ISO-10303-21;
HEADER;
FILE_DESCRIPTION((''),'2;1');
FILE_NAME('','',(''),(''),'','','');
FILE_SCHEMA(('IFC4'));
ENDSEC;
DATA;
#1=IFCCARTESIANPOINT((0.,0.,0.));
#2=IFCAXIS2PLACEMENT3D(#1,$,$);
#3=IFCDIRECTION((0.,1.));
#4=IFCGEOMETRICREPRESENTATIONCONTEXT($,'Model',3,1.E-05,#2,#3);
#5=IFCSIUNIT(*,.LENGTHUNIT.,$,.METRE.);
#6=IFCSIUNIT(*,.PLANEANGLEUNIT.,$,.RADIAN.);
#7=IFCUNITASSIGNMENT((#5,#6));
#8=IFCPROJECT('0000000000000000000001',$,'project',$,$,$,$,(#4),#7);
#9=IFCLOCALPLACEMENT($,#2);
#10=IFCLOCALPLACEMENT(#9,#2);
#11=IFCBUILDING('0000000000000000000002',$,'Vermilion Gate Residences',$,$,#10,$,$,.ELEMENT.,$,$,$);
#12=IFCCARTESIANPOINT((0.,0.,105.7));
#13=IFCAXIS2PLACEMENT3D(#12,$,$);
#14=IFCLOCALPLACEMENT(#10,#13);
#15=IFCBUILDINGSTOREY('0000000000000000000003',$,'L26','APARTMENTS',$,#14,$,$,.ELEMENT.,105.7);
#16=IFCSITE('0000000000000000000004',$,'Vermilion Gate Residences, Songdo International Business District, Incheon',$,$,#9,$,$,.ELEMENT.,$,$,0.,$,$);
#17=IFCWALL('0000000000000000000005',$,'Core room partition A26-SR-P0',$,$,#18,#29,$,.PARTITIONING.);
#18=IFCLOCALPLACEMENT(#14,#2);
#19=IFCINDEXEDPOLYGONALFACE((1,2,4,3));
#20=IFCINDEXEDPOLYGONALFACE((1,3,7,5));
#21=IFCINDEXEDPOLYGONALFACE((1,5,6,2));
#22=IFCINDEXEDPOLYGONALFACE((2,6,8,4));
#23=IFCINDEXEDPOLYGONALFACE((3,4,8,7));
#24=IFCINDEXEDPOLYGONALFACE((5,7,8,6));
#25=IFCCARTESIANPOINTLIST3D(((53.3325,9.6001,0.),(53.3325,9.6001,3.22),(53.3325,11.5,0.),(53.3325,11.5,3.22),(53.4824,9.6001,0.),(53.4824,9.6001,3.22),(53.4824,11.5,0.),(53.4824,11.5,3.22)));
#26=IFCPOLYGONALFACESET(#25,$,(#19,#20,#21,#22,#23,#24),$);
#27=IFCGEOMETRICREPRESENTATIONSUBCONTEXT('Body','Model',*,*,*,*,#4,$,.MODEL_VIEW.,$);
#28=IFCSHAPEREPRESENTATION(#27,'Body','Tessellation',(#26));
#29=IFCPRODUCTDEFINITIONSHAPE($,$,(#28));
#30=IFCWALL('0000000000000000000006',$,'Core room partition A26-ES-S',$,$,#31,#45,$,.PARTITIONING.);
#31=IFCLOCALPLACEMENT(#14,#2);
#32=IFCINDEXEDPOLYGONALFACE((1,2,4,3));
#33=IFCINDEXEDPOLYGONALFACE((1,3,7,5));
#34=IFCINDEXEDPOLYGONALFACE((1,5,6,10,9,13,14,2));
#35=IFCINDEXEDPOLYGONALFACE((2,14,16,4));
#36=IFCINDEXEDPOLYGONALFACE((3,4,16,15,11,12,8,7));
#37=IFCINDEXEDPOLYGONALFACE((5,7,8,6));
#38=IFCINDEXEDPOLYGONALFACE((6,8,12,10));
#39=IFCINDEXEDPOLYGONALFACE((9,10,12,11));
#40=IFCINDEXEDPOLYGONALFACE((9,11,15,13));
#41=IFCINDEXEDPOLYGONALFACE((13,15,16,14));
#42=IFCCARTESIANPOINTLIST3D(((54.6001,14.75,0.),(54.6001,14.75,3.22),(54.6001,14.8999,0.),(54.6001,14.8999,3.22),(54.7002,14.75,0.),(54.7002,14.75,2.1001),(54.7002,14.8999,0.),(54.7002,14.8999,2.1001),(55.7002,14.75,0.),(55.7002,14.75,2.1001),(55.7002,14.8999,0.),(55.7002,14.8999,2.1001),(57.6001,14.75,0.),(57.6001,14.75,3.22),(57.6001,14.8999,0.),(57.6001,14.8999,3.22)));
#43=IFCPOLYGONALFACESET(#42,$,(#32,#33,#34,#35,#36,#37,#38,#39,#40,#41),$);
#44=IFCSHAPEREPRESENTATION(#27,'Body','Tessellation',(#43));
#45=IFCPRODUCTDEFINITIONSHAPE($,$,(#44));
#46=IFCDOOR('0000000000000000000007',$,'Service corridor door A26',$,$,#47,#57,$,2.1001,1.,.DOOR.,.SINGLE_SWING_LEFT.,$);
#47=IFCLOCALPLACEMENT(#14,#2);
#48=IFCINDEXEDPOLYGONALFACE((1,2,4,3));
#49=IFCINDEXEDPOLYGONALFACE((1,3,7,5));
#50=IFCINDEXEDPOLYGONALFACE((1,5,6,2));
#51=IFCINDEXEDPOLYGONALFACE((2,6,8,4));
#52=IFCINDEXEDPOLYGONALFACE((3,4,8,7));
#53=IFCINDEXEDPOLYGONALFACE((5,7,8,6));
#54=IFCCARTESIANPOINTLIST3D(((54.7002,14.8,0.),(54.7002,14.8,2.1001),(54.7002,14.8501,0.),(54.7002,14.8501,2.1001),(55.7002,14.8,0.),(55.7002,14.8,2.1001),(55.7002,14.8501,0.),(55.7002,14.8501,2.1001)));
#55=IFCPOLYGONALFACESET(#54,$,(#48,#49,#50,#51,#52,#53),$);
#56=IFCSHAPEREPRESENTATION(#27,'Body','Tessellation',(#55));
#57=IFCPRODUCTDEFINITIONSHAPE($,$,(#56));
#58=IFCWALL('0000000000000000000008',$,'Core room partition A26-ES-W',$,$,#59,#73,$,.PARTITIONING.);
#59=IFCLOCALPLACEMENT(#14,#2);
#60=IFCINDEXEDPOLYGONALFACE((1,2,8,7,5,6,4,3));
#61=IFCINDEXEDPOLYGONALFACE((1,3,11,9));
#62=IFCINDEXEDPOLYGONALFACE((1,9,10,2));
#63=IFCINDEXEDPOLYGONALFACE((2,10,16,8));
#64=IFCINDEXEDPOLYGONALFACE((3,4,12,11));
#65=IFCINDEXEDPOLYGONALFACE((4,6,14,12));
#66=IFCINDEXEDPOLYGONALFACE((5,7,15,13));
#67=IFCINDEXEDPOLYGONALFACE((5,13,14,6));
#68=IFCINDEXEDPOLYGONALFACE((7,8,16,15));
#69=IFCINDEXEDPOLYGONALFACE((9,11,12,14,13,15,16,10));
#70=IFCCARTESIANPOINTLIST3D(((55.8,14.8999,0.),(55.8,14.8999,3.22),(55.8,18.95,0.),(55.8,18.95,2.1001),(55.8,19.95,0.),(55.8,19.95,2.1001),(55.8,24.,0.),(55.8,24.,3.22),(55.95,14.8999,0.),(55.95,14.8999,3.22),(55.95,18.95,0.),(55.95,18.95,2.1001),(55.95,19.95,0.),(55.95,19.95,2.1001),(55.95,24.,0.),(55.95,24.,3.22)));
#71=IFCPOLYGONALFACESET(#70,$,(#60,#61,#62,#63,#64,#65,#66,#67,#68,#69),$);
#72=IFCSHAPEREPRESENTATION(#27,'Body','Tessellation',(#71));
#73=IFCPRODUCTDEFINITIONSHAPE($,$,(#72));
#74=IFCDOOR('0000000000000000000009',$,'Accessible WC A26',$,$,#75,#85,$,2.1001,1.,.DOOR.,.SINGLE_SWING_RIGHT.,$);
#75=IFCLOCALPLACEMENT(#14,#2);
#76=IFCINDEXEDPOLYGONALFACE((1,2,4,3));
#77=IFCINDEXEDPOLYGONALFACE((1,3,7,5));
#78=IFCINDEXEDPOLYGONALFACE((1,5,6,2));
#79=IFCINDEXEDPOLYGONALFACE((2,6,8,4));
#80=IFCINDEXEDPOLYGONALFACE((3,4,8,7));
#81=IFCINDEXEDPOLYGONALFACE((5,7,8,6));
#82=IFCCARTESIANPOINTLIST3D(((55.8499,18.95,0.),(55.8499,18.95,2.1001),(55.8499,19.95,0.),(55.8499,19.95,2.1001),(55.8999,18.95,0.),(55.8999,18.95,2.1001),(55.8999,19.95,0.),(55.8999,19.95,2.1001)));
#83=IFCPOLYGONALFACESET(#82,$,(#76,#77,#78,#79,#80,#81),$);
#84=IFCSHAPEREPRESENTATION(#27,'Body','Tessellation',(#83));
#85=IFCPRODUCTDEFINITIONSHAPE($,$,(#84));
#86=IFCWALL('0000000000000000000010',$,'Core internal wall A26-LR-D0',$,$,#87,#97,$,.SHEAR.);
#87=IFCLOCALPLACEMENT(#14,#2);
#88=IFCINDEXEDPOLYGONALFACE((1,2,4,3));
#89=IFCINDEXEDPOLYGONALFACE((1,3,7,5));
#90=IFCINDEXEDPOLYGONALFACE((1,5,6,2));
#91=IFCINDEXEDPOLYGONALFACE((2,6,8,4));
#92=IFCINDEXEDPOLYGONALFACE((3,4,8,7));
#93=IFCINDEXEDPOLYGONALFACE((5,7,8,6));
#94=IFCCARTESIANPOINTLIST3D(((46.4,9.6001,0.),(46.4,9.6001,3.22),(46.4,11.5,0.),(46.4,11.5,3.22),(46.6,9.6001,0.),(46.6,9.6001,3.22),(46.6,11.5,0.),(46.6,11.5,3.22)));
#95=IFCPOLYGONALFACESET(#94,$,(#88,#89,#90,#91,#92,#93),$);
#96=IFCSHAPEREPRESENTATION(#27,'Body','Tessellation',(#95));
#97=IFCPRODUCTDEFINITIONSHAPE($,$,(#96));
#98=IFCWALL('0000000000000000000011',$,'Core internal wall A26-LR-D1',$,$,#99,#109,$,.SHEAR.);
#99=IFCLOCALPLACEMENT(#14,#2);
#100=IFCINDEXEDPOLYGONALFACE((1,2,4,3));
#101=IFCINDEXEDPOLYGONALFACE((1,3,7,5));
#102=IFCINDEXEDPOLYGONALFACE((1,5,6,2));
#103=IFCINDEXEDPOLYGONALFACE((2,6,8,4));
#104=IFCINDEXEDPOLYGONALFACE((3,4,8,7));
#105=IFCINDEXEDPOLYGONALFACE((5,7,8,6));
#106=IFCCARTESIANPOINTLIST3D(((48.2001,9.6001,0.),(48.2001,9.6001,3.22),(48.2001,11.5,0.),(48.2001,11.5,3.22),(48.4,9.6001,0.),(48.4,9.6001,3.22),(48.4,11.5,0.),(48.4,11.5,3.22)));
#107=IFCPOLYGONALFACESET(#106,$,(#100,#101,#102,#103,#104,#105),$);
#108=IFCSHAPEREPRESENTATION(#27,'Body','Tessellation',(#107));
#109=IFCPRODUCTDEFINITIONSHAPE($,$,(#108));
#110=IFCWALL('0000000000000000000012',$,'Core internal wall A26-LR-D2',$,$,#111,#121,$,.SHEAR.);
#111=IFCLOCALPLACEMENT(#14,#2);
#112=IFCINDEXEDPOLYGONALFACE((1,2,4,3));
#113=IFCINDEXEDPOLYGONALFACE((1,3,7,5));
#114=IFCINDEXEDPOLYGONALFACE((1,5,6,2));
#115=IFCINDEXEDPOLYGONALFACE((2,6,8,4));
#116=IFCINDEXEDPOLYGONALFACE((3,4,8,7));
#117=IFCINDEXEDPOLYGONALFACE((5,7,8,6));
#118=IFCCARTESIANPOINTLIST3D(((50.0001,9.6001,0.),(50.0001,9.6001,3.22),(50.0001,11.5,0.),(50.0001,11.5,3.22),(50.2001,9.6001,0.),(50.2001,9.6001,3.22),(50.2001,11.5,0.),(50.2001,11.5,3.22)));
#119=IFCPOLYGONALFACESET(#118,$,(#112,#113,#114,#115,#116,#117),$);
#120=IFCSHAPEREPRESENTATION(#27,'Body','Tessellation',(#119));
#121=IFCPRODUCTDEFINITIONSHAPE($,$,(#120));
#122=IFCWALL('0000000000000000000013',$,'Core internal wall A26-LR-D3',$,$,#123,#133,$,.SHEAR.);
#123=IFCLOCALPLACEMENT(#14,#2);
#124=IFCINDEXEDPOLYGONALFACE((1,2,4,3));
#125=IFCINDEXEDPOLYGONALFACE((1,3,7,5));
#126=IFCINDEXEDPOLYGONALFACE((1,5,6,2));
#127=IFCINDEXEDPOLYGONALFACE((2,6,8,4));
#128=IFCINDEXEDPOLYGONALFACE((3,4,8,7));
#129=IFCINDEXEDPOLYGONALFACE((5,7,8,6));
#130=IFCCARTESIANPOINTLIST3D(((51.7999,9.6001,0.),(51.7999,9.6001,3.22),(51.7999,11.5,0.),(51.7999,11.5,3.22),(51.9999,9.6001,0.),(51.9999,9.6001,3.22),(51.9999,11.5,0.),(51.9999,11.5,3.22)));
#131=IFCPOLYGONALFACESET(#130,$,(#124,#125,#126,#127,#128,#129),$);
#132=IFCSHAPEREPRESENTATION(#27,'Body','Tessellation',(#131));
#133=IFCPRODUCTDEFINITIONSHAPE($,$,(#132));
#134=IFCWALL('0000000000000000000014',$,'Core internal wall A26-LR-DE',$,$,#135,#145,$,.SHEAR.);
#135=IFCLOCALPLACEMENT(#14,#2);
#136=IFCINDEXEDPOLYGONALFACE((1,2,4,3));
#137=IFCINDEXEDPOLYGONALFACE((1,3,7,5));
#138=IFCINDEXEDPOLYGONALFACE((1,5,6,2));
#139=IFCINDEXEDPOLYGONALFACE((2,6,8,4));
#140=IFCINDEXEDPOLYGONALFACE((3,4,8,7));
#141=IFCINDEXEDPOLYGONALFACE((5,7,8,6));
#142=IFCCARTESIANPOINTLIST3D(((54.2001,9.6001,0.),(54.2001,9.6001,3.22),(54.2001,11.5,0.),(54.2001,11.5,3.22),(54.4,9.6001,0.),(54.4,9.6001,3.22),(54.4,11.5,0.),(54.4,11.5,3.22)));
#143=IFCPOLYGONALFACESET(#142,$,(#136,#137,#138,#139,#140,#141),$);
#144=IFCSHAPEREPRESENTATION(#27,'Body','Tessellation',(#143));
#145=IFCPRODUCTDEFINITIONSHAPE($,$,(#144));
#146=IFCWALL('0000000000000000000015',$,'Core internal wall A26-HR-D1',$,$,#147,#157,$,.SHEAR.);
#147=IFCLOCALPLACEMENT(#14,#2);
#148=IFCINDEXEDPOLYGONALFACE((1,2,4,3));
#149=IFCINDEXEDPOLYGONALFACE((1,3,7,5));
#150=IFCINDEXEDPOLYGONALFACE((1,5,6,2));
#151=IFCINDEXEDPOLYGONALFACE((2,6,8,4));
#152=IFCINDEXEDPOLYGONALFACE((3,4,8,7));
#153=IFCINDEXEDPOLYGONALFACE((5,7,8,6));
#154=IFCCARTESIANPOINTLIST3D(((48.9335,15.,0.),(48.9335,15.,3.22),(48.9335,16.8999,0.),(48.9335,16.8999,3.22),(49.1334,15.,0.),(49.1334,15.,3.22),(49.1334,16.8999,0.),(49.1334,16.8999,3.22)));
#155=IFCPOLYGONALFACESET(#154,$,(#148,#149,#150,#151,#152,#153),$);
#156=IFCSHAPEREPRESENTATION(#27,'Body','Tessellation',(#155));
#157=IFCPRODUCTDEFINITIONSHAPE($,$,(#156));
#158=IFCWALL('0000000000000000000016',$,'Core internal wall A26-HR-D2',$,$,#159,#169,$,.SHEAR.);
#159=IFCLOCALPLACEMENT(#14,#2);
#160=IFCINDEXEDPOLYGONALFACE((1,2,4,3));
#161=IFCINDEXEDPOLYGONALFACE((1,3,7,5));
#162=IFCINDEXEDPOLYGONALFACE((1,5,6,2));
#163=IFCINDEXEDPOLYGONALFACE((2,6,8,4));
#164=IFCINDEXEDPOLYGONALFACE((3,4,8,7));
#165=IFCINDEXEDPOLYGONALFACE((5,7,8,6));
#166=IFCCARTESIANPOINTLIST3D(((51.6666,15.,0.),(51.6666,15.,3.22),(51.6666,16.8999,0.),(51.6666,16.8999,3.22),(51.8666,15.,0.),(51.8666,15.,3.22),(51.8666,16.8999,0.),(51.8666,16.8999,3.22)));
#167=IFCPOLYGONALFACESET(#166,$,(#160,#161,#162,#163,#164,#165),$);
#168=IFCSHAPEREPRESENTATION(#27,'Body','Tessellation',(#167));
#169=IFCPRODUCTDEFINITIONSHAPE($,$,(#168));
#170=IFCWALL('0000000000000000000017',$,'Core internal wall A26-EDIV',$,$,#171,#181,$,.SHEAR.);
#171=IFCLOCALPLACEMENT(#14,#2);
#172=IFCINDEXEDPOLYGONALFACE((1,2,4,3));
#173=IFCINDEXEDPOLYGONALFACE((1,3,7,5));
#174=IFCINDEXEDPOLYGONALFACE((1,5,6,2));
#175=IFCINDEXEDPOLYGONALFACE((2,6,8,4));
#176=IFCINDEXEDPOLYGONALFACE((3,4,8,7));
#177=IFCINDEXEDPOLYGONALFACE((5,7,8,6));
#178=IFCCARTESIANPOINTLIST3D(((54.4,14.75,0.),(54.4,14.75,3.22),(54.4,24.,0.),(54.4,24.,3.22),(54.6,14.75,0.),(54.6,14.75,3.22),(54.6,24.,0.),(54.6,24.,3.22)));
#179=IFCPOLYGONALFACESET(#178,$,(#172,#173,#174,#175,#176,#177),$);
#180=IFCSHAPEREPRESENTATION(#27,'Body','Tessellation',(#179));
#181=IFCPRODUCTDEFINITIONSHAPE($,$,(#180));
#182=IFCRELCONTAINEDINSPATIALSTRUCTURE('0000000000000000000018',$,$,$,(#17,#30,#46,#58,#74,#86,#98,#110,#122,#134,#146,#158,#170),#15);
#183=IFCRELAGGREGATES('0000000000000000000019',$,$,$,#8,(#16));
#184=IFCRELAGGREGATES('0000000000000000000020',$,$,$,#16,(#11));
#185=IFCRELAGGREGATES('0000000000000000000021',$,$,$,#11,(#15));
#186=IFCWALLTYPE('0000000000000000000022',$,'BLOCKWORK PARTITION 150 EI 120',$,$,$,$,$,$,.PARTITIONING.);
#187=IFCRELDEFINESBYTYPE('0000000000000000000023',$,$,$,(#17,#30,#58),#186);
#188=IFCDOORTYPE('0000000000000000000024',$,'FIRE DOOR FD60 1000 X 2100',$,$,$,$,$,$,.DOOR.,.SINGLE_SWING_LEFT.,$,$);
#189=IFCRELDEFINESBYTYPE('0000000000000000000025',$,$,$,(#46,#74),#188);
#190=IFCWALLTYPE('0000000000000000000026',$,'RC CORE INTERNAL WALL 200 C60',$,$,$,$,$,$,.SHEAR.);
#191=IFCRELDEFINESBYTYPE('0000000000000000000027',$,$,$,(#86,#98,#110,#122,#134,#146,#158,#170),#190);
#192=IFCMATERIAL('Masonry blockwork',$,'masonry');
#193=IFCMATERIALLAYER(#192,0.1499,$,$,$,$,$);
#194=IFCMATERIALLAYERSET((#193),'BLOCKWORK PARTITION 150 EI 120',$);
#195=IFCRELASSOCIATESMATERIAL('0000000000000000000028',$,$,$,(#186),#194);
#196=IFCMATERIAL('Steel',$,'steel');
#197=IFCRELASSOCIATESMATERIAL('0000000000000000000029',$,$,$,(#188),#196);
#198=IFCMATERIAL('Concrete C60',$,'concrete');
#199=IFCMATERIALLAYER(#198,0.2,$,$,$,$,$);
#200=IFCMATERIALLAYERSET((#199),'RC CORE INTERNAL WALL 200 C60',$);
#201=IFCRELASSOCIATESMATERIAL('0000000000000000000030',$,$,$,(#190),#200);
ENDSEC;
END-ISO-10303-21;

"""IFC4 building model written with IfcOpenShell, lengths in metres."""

from ifc_helpers import new_model, si_unit, direction, frame, frame_2d, origin, place, context, subcontext, project, spatial, rectangle, extrude, material, layer, layer_set, type_object, element, fill, save


model = new_model("IFC4")

# Units and contexts
model_context = context("Model", 3, precision=1e-05, world=origin(), true_north=direction((0.0, 1.0)))
body_context = subcontext(model_context, "Body", "Model", "MODEL_VIEW")
ifc_project = project(units=[si_unit("LENGTHUNIT", "METRE"), si_unit("PLANEANGLEUNIT", "RADIAN")], contexts=[model_context])

# Site, building, storey
site_placement = place(None, origin())
site = spatial("IfcSite", under=ifc_project, at=site_placement, Name="Vermilion Gate Residences, Songdo International Business District, Incheon", CompositionType="ELEMENT", RefElevation=0.0)
building_placement = place(site_placement, origin())
building = spatial("IfcBuilding", under=site, at=building_placement, Name="Vermilion Gate Residences", CompositionType="ELEMENT")
storey_placement = place(building_placement, frame((0.0, 0.0, 105.7)))
storey = spatial("IfcBuildingStorey", under=building, at=storey_placement, Name="L26", Description="APARTMENTS", CompositionType="ELEMENT", Elevation=105.7)

# Wall
ifc_material_1 = material(Name="Masonry blockwork", Category="masonry")
ifc_layer_1 = layer(ifc_material_1, 0.1499)
ifc_layer_set_1 = layer_set([ifc_layer_1], Name="BLOCKWORK PARTITION 150 EI 120")
wall_type_1 = type_object("IfcWallType", Name="BLOCKWORK PARTITION 150 EI 120", PredefinedType="PARTITIONING", material=ifc_layer_set_1)
wall_1_placement = place(storey_placement, frame((53.4075, 9.6001, 0.0), z_axis=(0.0, 0.0, 1.0), x_axis=(0.0, 1.0, 0.0)))
element("IfcWall", 1, at=wall_1_placement, inside=storey, type_object=wall_type_1, Name="Core room partition A26-SR-P0", PredefinedType="PARTITIONING", context=body_context, shape_type="SweptSolid", body=[
    extrude(rectangle(XDim=1.8999, YDim=0.1499, at=frame_2d((0.95, 0.0))), origin(), (0.0, 0.0, 1.0), 3.22),
])

# Walls, openings, doors
wall_2_placement = place(storey_placement, frame((54.6001, 14.825, 0.0), z_axis=(0.0, 0.0, 1.0), x_axis=(1.0, 0.0, 0.0)))
wall_2 = element("IfcWall", 2, at=wall_2_placement, inside=storey, type_object=wall_type_1, Name="Core room partition A26-ES-S", PredefinedType="PARTITIONING", context=body_context, shape_type="SweptSolid", body=[
    extrude(rectangle(XDim=3.0, YDim=0.1499, at=frame_2d((1.5, 0.0))), origin(), (0.0, 0.0, 1.0), 3.22),
])
opening_1_placement = place(wall_2_placement, frame((0.1001, 0.0, 0.0)))
opening_1 = element("IfcOpeningElement", 3, at=opening_1_placement, cuts=wall_2, PredefinedType="OPENING", context=body_context, shape_type="SweptSolid", body=[
    extrude(rectangle(XDim=1.0, YDim=2.1001, at=frame_2d((0.5, 1.05))), frame((0.0, 0.085, 0.0), z_axis=(0.0, -1.0, 0.0), x_axis=(1.0, 0.0, 0.0)), (0.0, 0.0, 1.0), 0.1699),
])
ifc_material_2 = material(Name="Steel", Category="steel")
door_type_1 = type_object("IfcDoorType", Name="FIRE DOOR FD60 1000 X 2100", OperationType="SINGLE_SWING_LEFT", PredefinedType="DOOR", material=ifc_material_2)
door_1_placement = place(opening_1_placement, frame((1.0, 0.0, 0.0), z_axis=(0.0, 0.0, 1.0), x_axis=(-1.0, 0.0, 0.0)))
door_1 = element("IfcDoor", 4, at=door_1_placement, inside=storey, type_object=door_type_1, Name="Service corridor door A26", OperationType="SINGLE_SWING_LEFT", OverallHeight=2.1001, OverallWidth=1.0, PredefinedType="DOOR", context=body_context, shape_type="SweptSolid", body=[
    extrude(rectangle(XDim=1.0, YDim=2.1001, at=frame_2d((0.5, 1.05))), frame((0.0, 0.0249, 0.0), z_axis=(0.0, -1.0, 0.0), x_axis=(1.0, 0.0, 0.0)), (0.0, 0.0, 1.0), 0.05),
])
fill(opening_1, door_1)
wall_3_placement = place(storey_placement, frame((55.875, 14.8999, 0.0), z_axis=(0.0, 0.0, 1.0), x_axis=(0.0, 1.0, 0.0)))
wall_3 = element("IfcWall", 5, at=wall_3_placement, inside=storey, type_object=wall_type_1, Name="Core room partition A26-ES-W", PredefinedType="PARTITIONING", context=body_context, shape_type="SweptSolid", body=[
    extrude(rectangle(XDim=9.1001, YDim=0.1499, at=frame_2d((4.55, 0.0))), origin(), (0.0, 0.0, 1.0), 3.22),
])
opening_2_placement = place(wall_3_placement, frame((4.05, 0.0, 0.0)))
opening_2 = element("IfcOpeningElement", 6, at=opening_2_placement, cuts=wall_3, PredefinedType="OPENING", context=body_context, shape_type="SweptSolid", body=[
    extrude(rectangle(XDim=1.0, YDim=2.1001, at=frame_2d((0.5, 1.05))), frame((0.0, 0.085, 0.0), z_axis=(0.0, -1.0, 0.0), x_axis=(1.0, 0.0, 0.0)), (0.0, 0.0, 1.0), 0.1699),
])
door_2_placement = place(opening_2_placement, frame((1.0, 0.0, 0.0), z_axis=(0.0, 0.0, 1.0), x_axis=(-1.0, 0.0, 0.0)))
door_2 = element("IfcDoor", 7, at=door_2_placement, inside=storey, type_object=door_type_1, Name="Accessible WC A26", OperationType="SINGLE_SWING_RIGHT", OverallHeight=2.1001, OverallWidth=1.0, PredefinedType="DOOR", context=body_context, shape_type="SweptSolid", body=[
    extrude(rectangle(XDim=1.0, YDim=2.1001, at=frame_2d((0.5, 1.05))), frame((0.0, 0.0249, 0.0), z_axis=(0.0, -1.0, 0.0), x_axis=(1.0, 0.0, 0.0)), (0.0, 0.0, 1.0), 0.05),
])
fill(opening_2, door_2)

# Walls
ifc_material_3 = material(Name="Concrete C60", Category="concrete")
ifc_layer_2 = layer(ifc_material_3, 0.2)
ifc_layer_set_2 = layer_set([ifc_layer_2], Name="RC CORE INTERNAL WALL 200 C60")
wall_type_2 = type_object("IfcWallType", Name="RC CORE INTERNAL WALL 200 C60", PredefinedType="SHEAR", material=ifc_layer_set_2)
for number, where, z_axis, x_axis, name in (
    (8, (46.5, 9.6001, 0.0), (0.0, 0.0, 1.0), (0.0, 1.0, 0.0), "Core internal wall A26-LR-D0"),
    (9, (48.3, 9.6001, 0.0), (0.0, 0.0, 1.0), (0.0, 1.0, 0.0), "Core internal wall A26-LR-D1"),
    (10, (50.1001, 9.6001, 0.0), (0.0, 0.0, 1.0), (0.0, 1.0, 0.0), "Core internal wall A26-LR-D2"),
    (11, (51.8999, 9.6001, 0.0), (0.0, 0.0, 1.0), (0.0, 1.0, 0.0), "Core internal wall A26-LR-D3"),
    (12, (54.3, 9.6001, 0.0), (0.0, 0.0, 1.0), (0.0, 1.0, 0.0), "Core internal wall A26-LR-DE"),
    (13, (49.0334, 15.0, 0.0), (0.0, 0.0, 1.0), (0.0, 1.0, 0.0), "Core internal wall A26-HR-D1"),
    (14, (51.7666, 15.0, 0.0), (0.0, 0.0, 1.0), (0.0, 1.0, 0.0), "Core internal wall A26-HR-D2"),
):
    element("IfcWall", number, at=place(storey_placement, frame(where, z_axis=z_axis, x_axis=x_axis)), inside=storey, type_object=wall_type_2, Name=name, PredefinedType="SHEAR", context=body_context, shape_type="SweptSolid", body=[
        extrude(rectangle(XDim=1.8999, YDim=0.2, at=frame_2d((0.95, 0.0))), origin(), (0.0, 0.0, 1.0), 3.22),
    ])
wall_4_placement = place(storey_placement, frame((54.5, 14.75, 0.0), z_axis=(0.0, 0.0, 1.0), x_axis=(0.0, 1.0, 0.0)))
element("IfcWall", 15, at=wall_4_placement, inside=storey, type_object=wall_type_2, Name="Core internal wall A26-EDIV", PredefinedType="SHEAR", context=body_context, shape_type="SweptSolid", body=[
    extrude(rectangle(XDim=9.25, YDim=0.2, at=frame_2d((4.625, 0.0))), origin(), (0.0, 0.0, 1.0), 3.22),
])

save(model, "model.ifc")
